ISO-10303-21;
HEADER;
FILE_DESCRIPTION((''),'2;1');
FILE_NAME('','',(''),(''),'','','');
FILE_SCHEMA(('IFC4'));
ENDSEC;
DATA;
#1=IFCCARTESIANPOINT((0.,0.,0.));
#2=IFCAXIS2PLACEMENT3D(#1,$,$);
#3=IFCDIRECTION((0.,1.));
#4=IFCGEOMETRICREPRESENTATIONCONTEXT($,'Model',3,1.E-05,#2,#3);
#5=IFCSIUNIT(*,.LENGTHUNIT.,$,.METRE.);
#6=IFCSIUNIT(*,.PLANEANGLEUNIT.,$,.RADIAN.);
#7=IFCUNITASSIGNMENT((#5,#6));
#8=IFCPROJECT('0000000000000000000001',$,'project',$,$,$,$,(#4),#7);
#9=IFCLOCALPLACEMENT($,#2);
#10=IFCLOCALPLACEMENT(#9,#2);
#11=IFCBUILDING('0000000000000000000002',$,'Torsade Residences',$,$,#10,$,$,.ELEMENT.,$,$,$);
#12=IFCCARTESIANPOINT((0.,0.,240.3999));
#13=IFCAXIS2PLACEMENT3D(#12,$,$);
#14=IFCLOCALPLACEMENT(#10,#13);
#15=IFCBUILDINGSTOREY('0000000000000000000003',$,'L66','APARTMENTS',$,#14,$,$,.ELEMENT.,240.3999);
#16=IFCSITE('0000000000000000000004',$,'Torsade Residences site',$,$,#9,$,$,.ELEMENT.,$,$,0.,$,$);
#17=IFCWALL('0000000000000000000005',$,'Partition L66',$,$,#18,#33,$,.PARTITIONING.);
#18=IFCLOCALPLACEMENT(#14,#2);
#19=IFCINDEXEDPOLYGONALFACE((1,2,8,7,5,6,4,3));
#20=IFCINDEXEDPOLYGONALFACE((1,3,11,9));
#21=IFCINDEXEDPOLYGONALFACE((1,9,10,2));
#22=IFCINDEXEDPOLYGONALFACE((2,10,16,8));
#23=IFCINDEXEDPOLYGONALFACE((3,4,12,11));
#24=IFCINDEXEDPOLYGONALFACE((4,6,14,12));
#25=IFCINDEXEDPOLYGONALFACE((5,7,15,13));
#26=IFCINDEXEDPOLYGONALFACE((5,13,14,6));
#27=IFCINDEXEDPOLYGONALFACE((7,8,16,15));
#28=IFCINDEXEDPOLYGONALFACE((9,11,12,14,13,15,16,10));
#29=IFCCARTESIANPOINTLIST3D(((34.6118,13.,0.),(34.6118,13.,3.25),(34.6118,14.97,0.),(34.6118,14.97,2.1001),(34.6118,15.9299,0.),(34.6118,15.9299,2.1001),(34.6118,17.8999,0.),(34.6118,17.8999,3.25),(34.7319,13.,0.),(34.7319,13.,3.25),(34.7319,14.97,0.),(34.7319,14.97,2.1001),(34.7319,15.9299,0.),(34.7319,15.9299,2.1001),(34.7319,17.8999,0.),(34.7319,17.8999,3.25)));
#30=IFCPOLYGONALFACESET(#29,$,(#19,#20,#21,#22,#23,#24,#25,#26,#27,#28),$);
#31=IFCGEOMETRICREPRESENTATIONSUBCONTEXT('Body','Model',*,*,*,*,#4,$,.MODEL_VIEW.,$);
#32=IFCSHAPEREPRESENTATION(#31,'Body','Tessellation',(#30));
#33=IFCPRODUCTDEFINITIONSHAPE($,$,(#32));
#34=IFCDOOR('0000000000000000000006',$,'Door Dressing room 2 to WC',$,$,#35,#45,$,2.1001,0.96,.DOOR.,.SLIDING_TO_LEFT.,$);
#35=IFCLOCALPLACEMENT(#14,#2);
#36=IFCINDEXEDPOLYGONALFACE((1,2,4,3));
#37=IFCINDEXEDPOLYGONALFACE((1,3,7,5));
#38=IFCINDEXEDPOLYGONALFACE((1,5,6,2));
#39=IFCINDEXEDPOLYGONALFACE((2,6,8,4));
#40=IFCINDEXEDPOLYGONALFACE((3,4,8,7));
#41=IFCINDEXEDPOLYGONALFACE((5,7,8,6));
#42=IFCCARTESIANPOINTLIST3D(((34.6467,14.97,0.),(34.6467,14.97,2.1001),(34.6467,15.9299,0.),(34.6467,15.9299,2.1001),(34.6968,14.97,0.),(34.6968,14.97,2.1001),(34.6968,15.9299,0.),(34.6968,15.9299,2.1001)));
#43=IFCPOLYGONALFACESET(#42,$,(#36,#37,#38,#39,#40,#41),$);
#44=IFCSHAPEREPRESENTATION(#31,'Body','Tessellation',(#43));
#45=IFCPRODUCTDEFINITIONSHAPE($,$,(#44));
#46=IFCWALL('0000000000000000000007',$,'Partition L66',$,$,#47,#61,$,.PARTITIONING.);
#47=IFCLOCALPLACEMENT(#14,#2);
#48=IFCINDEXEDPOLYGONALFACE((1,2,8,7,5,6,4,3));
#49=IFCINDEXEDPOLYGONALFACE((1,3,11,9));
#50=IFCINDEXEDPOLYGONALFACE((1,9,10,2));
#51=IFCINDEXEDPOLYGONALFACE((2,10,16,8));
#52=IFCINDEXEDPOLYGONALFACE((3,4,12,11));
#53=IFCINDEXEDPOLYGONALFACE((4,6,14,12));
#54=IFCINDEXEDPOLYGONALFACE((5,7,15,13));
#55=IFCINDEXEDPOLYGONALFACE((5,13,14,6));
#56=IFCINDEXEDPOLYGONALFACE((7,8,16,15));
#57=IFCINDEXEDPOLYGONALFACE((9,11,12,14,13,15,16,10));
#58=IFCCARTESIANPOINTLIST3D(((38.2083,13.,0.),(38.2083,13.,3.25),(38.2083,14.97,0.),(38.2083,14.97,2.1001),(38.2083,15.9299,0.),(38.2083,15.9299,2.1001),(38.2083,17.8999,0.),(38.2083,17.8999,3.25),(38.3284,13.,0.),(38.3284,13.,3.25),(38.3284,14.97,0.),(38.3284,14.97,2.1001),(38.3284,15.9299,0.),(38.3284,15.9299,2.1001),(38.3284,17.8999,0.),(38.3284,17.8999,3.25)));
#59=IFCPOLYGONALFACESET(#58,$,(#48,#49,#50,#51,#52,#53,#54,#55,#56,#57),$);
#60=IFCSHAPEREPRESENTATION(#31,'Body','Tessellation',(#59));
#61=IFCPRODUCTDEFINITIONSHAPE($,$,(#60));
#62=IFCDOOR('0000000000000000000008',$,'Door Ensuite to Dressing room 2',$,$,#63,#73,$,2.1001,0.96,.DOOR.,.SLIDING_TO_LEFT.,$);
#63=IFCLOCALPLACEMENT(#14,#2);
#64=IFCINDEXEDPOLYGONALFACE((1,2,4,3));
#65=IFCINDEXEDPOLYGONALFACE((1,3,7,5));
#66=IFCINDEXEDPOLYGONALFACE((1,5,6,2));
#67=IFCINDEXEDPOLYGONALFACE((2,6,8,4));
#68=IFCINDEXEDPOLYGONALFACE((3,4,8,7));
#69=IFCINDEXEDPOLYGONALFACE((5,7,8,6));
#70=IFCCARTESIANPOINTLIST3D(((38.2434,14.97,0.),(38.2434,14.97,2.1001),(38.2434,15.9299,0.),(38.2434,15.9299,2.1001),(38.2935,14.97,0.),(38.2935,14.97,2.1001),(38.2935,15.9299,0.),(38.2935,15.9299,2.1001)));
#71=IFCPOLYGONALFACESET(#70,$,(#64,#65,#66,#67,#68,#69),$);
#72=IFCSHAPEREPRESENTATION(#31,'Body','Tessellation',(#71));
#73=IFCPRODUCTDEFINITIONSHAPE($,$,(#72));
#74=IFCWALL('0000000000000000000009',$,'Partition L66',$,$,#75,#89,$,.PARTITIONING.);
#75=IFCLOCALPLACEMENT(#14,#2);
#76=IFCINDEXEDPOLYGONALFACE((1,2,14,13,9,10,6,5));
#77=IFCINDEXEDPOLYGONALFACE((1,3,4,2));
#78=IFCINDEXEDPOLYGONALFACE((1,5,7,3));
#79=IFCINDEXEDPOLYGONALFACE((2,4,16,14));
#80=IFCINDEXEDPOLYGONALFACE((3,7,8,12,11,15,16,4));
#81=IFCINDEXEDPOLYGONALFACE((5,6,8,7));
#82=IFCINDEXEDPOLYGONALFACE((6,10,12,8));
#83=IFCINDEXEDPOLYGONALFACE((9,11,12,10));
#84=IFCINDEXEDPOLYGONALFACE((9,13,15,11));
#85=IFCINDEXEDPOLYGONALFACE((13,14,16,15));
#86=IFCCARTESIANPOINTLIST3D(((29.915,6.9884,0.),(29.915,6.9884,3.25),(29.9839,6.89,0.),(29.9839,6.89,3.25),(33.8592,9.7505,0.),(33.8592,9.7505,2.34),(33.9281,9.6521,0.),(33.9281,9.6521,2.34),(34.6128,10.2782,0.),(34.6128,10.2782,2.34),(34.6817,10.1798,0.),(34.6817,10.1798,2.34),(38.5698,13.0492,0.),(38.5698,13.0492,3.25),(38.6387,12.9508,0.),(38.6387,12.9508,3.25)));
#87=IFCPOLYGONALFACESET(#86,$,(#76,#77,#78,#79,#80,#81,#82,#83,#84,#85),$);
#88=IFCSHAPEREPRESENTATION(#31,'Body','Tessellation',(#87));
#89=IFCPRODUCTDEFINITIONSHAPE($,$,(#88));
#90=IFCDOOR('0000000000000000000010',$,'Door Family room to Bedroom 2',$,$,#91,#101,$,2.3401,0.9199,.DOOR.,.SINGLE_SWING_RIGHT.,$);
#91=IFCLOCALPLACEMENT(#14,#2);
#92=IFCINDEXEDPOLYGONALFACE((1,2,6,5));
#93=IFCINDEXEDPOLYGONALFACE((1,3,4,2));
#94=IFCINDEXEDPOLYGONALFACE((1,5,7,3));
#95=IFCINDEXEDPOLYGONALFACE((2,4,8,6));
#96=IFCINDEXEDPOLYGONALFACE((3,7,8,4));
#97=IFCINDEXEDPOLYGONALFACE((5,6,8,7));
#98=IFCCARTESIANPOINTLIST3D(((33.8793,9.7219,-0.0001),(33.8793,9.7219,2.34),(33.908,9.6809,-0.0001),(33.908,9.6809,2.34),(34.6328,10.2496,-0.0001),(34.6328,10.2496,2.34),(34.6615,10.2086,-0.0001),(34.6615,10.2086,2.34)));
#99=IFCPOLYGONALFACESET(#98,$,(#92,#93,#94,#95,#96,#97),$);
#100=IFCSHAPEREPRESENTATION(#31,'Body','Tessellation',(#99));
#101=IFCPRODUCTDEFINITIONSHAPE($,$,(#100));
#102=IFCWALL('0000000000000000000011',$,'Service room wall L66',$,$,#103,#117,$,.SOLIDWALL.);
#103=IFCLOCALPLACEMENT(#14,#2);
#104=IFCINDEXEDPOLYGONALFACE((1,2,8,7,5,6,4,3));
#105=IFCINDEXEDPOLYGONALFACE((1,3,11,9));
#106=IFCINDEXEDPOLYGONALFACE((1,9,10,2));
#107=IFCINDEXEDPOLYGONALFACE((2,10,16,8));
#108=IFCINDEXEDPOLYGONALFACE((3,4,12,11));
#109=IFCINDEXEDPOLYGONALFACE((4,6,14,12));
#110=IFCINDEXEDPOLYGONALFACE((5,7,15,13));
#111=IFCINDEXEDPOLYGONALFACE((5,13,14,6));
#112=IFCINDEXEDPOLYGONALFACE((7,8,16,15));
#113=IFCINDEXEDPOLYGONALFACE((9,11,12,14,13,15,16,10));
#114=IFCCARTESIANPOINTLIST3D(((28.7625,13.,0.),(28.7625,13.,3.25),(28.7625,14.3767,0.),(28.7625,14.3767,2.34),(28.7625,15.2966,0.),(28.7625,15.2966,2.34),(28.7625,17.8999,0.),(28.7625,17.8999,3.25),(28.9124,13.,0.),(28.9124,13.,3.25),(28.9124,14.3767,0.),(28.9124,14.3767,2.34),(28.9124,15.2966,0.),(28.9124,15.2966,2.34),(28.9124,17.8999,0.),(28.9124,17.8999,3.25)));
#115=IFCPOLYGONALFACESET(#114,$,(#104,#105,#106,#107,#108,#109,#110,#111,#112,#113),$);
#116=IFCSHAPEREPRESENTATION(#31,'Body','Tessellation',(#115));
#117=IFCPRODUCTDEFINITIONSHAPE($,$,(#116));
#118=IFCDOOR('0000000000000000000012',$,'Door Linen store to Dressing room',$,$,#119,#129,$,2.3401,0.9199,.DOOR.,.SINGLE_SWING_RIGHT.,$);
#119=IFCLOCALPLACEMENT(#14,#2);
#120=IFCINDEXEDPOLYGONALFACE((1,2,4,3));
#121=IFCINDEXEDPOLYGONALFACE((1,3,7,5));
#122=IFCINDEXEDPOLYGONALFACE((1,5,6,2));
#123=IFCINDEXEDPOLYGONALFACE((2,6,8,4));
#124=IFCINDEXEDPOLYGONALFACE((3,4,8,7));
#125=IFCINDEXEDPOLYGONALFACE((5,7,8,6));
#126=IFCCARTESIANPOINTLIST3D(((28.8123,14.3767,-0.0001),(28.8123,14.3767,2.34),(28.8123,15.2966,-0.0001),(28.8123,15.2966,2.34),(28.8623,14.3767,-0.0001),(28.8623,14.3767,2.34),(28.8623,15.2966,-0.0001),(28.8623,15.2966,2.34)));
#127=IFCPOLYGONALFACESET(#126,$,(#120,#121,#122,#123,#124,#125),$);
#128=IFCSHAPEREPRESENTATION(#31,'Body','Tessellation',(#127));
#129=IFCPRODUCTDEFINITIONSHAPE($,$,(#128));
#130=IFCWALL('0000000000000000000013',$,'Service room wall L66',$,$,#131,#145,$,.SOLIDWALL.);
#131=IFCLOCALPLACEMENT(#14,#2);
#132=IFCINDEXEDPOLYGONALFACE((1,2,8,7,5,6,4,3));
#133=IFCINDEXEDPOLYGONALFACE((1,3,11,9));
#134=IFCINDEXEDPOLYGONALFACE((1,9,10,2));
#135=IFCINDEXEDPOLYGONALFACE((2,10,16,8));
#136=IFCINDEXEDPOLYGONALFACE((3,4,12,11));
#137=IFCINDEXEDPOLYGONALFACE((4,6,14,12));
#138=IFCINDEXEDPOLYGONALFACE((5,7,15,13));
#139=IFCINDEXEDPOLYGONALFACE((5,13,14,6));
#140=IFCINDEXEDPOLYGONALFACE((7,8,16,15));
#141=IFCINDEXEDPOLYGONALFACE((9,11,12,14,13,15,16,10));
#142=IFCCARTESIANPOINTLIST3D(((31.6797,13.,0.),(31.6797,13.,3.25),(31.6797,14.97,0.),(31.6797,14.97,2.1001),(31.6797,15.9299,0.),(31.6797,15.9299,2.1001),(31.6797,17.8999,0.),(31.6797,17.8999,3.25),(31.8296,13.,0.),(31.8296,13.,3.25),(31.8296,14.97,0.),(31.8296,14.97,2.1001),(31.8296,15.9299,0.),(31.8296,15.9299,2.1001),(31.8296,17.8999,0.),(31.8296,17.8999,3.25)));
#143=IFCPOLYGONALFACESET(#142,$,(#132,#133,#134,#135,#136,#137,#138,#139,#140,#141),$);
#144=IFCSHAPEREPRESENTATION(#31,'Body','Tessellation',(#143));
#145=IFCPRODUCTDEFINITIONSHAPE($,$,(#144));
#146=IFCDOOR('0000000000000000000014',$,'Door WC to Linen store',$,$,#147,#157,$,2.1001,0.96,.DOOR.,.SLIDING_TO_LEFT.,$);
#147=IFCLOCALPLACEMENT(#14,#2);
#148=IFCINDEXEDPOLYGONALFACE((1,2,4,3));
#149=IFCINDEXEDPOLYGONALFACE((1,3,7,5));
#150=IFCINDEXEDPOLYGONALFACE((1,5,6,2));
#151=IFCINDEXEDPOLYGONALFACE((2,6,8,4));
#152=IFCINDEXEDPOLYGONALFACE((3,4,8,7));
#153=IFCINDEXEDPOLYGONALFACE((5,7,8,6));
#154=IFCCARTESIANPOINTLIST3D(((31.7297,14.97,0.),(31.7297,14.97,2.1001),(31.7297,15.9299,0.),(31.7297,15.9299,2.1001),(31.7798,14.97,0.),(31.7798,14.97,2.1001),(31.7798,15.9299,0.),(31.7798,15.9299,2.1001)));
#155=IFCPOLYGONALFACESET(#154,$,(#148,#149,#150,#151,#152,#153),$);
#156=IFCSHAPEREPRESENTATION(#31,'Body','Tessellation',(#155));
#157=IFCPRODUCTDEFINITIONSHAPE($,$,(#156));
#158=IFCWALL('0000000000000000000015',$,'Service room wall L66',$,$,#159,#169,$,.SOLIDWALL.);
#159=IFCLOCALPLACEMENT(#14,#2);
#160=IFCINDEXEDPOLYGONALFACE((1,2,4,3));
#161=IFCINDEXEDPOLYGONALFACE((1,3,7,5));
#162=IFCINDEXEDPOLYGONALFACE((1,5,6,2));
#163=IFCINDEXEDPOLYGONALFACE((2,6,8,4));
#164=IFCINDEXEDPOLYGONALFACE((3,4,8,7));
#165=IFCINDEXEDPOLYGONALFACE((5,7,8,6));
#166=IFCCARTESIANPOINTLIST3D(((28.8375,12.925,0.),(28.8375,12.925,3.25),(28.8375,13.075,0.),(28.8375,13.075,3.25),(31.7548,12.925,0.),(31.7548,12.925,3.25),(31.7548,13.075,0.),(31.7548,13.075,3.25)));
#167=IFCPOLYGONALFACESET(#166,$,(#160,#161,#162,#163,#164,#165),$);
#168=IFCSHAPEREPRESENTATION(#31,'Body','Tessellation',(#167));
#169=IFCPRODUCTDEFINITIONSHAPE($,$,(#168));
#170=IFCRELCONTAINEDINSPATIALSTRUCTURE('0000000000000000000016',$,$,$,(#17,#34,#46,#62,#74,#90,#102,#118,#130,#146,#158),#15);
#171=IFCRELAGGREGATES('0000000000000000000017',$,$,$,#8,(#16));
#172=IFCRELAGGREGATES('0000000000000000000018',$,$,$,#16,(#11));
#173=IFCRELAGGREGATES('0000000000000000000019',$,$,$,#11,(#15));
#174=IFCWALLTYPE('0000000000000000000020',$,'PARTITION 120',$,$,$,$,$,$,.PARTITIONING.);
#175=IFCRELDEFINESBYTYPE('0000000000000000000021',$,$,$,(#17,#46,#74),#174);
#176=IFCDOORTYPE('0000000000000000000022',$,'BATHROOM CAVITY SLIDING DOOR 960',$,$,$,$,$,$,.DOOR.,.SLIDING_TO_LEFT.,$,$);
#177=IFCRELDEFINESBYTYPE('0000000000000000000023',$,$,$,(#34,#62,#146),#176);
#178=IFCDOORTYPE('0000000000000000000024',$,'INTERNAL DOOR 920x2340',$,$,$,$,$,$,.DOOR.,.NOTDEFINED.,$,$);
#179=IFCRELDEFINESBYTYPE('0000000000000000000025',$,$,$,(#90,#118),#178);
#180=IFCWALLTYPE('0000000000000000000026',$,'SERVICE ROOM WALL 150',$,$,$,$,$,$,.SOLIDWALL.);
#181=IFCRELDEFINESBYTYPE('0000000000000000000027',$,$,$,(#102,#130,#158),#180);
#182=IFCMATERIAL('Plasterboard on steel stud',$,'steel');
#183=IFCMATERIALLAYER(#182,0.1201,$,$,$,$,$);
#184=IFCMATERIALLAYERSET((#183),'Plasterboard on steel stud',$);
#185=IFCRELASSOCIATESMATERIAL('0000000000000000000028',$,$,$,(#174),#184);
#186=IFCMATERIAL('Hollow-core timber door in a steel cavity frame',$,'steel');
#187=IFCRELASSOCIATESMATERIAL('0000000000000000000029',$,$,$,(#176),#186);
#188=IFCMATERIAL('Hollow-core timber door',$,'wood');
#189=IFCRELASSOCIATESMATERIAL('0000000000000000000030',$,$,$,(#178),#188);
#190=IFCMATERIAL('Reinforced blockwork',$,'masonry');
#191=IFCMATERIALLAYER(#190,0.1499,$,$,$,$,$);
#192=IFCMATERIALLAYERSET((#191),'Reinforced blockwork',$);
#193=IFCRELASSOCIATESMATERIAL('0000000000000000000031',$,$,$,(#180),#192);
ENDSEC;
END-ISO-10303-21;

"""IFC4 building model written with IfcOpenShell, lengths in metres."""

from ifc_helpers import new_model, si_unit, direction, frame, frame_2d, origin, place, context, subcontext, project, spatial, rectangle, extrude, material, layer, layer_set, type_object, element, fill, save


model = new_model("IFC4")

# Units and contexts
model_context = context("Model", 3, precision=1e-05, world=origin(), true_north=direction((0.0, 1.0)))
body_context = subcontext(model_context, "Body", "Model", "MODEL_VIEW")
ifc_project = project(units=[si_unit("LENGTHUNIT", "METRE"), si_unit("PLANEANGLEUNIT", "RADIAN")], contexts=[model_context])

# Site, building, storey
site_placement = place(None, origin())
site = spatial("IfcSite", under=ifc_project, at=site_placement, Name="Torsade Residences site", CompositionType="ELEMENT", RefElevation=0.0)
building_placement = place(site_placement, origin())
building = spatial("IfcBuilding", under=site, at=building_placement, Name="Torsade Residences", CompositionType="ELEMENT")
storey_placement = place(building_placement, frame((0.0, 0.0, 240.3999)))
storey = spatial("IfcBuildingStorey", under=building, at=storey_placement, Name="L66", Description="APARTMENTS", CompositionType="ELEMENT", Elevation=240.3999)

# Shared definitions
ifc_material_1 = material(Name="Plasterboard on steel stud", Category="steel")
ifc_layer_1 = layer(ifc_material_1, 0.1201)
ifc_layer_set_1 = layer_set([ifc_layer_1], Name="Plasterboard on steel stud")
wall_type_1 = type_object("IfcWallType", Name="PARTITION 120", PredefinedType="PARTITIONING", material=ifc_layer_set_1)
ifc_material_2 = material(Name="Hollow-core timber door in a steel cavity frame", Category="steel")
door_type_1 = type_object("IfcDoorType", Name="BATHROOM CAVITY SLIDING DOOR 960", OperationType="SLIDING_TO_LEFT", PredefinedType="DOOR", material=ifc_material_2)

# Walls, openings, doors
wall_1_placement = place(storey_placement, frame((34.6719, 17.8999, 0.0), z_axis=(0.0, 0.0, 1.0), x_axis=(0.0, -1.0, 0.0)))
wall_1 = element("IfcWall", 1, at=wall_1_placement, inside=storey, type_object=wall_type_1, Name="Partition L66", PredefinedType="PARTITIONING", context=body_context, shape_type="SweptSolid", body=[
    extrude(rectangle(XDim=4.8999, YDim=0.1201, at=frame_2d((2.45, 0.0))), origin(), (0.0, 0.0, 1.0), 3.25),
])
opening_1_placement = place(wall_1_placement, frame((1.97, 0.0, 0.0)))
opening_1 = element("IfcOpeningElement", 2, at=opening_1_placement, cuts=wall_1, PredefinedType="OPENING", context=body_context, shape_type="SweptSolid", body=[
    extrude(rectangle(XDim=0.96, YDim=2.1001, at=frame_2d((0.48, 1.05))), frame((0.0, 0.0701, 0.0), z_axis=(0.0, -1.0, 0.0), x_axis=(1.0, 0.0, 0.0)), (0.0, 0.0, 1.0), 0.1401),
])
door_1_placement = place(opening_1_placement, origin())
door_1 = element("IfcDoor", 3, at=door_1_placement, inside=storey, type_object=door_type_1, Name="Door Dressing room 2 to WC", OperationType="SLIDING_TO_LEFT", OverallHeight=2.1001, OverallWidth=0.96, PredefinedType="DOOR", context=body_context, shape_type="SweptSolid", body=[
    extrude(rectangle(XDim=0.96, YDim=2.1001, at=frame_2d((0.48, 1.05))), frame((0.0, 0.0249, 0.0), z_axis=(0.0, -1.0, 0.0), x_axis=(1.0, 0.0, 0.0)), (0.0, 0.0, 1.0), 0.05),
])
fill(opening_1, door_1)
wall_2_placement = place(storey_placement, frame((38.2683, 13.0, 0.0), z_axis=(0.0, 0.0, 1.0), x_axis=(0.0, 1.0, 0.0)))
wall_2 = element("IfcWall", 4, at=wall_2_placement, inside=storey, type_object=wall_type_1, Name="Partition L66", PredefinedType="PARTITIONING", context=body_context, shape_type="SweptSolid", body=[
    extrude(rectangle(XDim=4.8999, YDim=0.1201, at=frame_2d((2.45, 0.0))), origin(), (0.0, 0.0, 1.0), 3.25),
])
opening_2_placement = place(wall_2_placement, frame((1.97, 0.0, 0.0)))
opening_2 = element("IfcOpeningElement", 5, at=opening_2_placement, cuts=wall_2, PredefinedType="OPENING", context=body_context, shape_type="SweptSolid", body=[
    extrude(rectangle(XDim=0.96, YDim=2.1001, at=frame_2d((0.48, 1.05))), frame((0.0, 0.0701, 0.0), z_axis=(0.0, -1.0, 0.0), x_axis=(1.0, 0.0, 0.0)), (0.0, 0.0, 1.0), 0.1401),
])
door_2_placement = place(opening_2_placement, origin())
door_2 = element("IfcDoor", 6, at=door_2_placement, inside=storey, type_object=door_type_1, Name="Door Ensuite to Dressing room 2", OperationType="SLIDING_TO_LEFT", OverallHeight=2.1001, OverallWidth=0.96, PredefinedType="DOOR", context=body_context, shape_type="SweptSolid", body=[
    extrude(rectangle(XDim=0.96, YDim=2.1001, at=frame_2d((0.48, 1.05))), frame((0.0, 0.0249, 0.0), z_axis=(0.0, -1.0, 0.0), x_axis=(1.0, 0.0, 0.0)), (0.0, 0.0, 1.0), 0.05),
])
fill(opening_2, door_2)
wall_3_placement = place(storey_placement, frame((38.6042, 13.0, 0.0), z_axis=(0.0, 0.0, 1.0), x_axis=(-0.819123, -0.573617, 0.0)))
wall_3 = element("IfcWall", 7, at=wall_3_placement, inside=storey, type_object=wall_type_1, Name="Partition L66", PredefinedType="PARTITIONING", context=body_context, shape_type="SweptSolid", body=[
    extrude(rectangle(XDim=10.5659, YDim=0.1201, at=frame_2d((5.283, 0.0))), origin(), (0.0, 0.0, 1.0), 3.25),
])
opening_3_placement = place(wall_3_placement, frame((4.8308, 0.0, 0.0)))
opening_3 = element("IfcOpeningElement", 8, at=opening_3_placement, cuts=wall_3, PredefinedType="OPENING", context=body_context, shape_type="SweptSolid", body=[
    extrude(rectangle(XDim=0.9199, YDim=2.3401, at=frame_2d((0.46, 1.1699))), frame((0.0, 0.0701, 0.0), z_axis=(0.0, -1.0, 0.0), x_axis=(1.0, 0.0, 0.0)), (0.0, 0.0, 1.0), 0.1401),
])
ifc_material_3 = material(Name="Hollow-core timber door", Category="wood")
door_type_2 = type_object("IfcDoorType", Name="INTERNAL DOOR 920x2340", OperationType="NOTDEFINED", PredefinedType="DOOR", material=ifc_material_3)
door_3_placement = place(opening_3_placement, origin())
door_3 = element("IfcDoor", 9, at=door_3_placement, inside=storey, type_object=door_type_2, Name="Door Family room to Bedroom 2", OperationType="SINGLE_SWING_RIGHT", OverallHeight=2.3401, OverallWidth=0.9199, PredefinedType="DOOR", context=body_context, shape_type="SweptSolid", body=[
    extrude(rectangle(XDim=0.9199, YDim=2.3401, at=frame_2d((0.46, 1.1699))), frame((0.0, 0.0249, 0.0), z_axis=(0.0, -1.0, 0.0), x_axis=(1.0, 0.0, 0.0)), (0.0, 0.0, 1.0), 0.05),
])
fill(opening_3, door_3)
ifc_material_4 = material(Name="Reinforced blockwork", Category="masonry")
ifc_layer_2 = layer(ifc_material_4, 0.1499)
ifc_layer_set_2 = layer_set([ifc_layer_2], Name="Reinforced blockwork")
wall_type_2 = type_object("IfcWallType", Name="SERVICE ROOM WALL 150", PredefinedType="SOLIDWALL", material=ifc_layer_set_2)
wall_4_placement = place(storey_placement, frame((28.8374, 17.8999, 0.0), z_axis=(0.0, 0.0, 1.0), x_axis=(0.0, -1.0, 0.0)))
wall_4 = element("IfcWall", 10, at=wall_4_placement, inside=storey, type_object=wall_type_2, Name="Service room wall L66", PredefinedType="SOLIDWALL", context=body_context, shape_type="SweptSolid", body=[
    extrude(rectangle(XDim=4.8999, YDim=0.1499, at=frame_2d((2.45, 0.0))), origin(), (0.0, 0.0, 1.0), 3.25),
])
opening_4_placement = place(wall_4_placement, frame((2.6033, 0.0, 0.0)))
opening_4 = element("IfcOpeningElement", 11, at=opening_4_placement, cuts=wall_4, PredefinedType="OPENING", context=body_context, shape_type="SweptSolid", body=[
    extrude(rectangle(XDim=0.9199, YDim=2.3401, at=frame_2d((0.46, 1.1699))), frame((0.0, 0.085, 0.0), z_axis=(0.0, -1.0, 0.0), x_axis=(1.0, 0.0, 0.0)), (0.0, 0.0, 1.0), 0.1699),
])
door_4_placement = place(opening_4_placement, origin())
door_4 = element("IfcDoor", 12, at=door_4_placement, inside=storey, type_object=door_type_2, Name="Door Linen store to Dressing room", OperationType="SINGLE_SWING_RIGHT", OverallHeight=2.3401, OverallWidth=0.9199, PredefinedType="DOOR", context=body_context, shape_type="SweptSolid", body=[
    extrude(rectangle(XDim=0.9199, YDim=2.3401, at=frame_2d((0.46, 1.1699))), frame((0.0, 0.0249, 0.0), z_axis=(0.0, -1.0, 0.0), x_axis=(1.0, 0.0, 0.0)), (0.0, 0.0, 1.0), 0.05),
])
fill(opening_4, door_4)
wall_5_placement = place(storey_placement, frame((31.7546, 13.0, 0.0), z_axis=(0.0, 0.0, 1.0), x_axis=(0.0, 1.0, 0.0)))
wall_5 = element("IfcWall", 13, at=wall_5_placement, inside=storey, type_object=wall_type_2, Name="Service room wall L66", PredefinedType="SOLIDWALL", context=body_context, shape_type="SweptSolid", body=[
    extrude(rectangle(XDim=4.8999, YDim=0.1499, at=frame_2d((2.45, 0.0))), origin(), (0.0, 0.0, 1.0), 3.25),
])
opening_5_placement = place(wall_5_placement, frame((1.97, 0.0, 0.0)))
opening_5 = element("IfcOpeningElement", 14, at=opening_5_placement, cuts=wall_5, PredefinedType="OPENING", context=body_context, shape_type="SweptSolid", body=[
    extrude(rectangle(XDim=0.96, YDim=2.1001, at=frame_2d((0.48, 1.05))), frame((0.0, 0.085, 0.0), z_axis=(0.0, -1.0, 0.0), x_axis=(1.0, 0.0, 0.0)), (0.0, 0.0, 1.0), 0.1699),
])
door_5_placement = place(opening_5_placement, origin())
door_5 = element("IfcDoor", 15, at=door_5_placement, inside=storey, type_object=door_type_1, Name="Door WC to Linen store", OperationType="SLIDING_TO_LEFT", OverallHeight=2.1001, OverallWidth=0.96, PredefinedType="DOOR", context=body_context, shape_type="SweptSolid", body=[
    extrude(rectangle(XDim=0.96, YDim=2.1001, at=frame_2d((0.48, 1.05))), frame((0.0, 0.0249, 0.0), z_axis=(0.0, -1.0, 0.0), x_axis=(1.0, 0.0, 0.0)), (0.0, 0.0, 1.0), 0.05),
])
fill(opening_5, door_5)

# Wall
wall_6_placement = place(storey_placement, frame((31.7546, 13.0, 0.0), z_axis=(0.0, 0.0, 1.0), x_axis=(-1.0, 0.0, 0.0)))
element("IfcWall", 16, at=wall_6_placement, inside=storey, type_object=wall_type_2, Name="Service room wall L66", PredefinedType="SOLIDWALL", context=body_context, shape_type="SweptSolid", body=[
    extrude(rectangle(XDim=2.9172, YDim=0.1499, at=frame_2d((1.4585, 0.0))), origin(), (0.0, 0.0, 1.0), 3.25),
])

save(model, "model.ifc")
